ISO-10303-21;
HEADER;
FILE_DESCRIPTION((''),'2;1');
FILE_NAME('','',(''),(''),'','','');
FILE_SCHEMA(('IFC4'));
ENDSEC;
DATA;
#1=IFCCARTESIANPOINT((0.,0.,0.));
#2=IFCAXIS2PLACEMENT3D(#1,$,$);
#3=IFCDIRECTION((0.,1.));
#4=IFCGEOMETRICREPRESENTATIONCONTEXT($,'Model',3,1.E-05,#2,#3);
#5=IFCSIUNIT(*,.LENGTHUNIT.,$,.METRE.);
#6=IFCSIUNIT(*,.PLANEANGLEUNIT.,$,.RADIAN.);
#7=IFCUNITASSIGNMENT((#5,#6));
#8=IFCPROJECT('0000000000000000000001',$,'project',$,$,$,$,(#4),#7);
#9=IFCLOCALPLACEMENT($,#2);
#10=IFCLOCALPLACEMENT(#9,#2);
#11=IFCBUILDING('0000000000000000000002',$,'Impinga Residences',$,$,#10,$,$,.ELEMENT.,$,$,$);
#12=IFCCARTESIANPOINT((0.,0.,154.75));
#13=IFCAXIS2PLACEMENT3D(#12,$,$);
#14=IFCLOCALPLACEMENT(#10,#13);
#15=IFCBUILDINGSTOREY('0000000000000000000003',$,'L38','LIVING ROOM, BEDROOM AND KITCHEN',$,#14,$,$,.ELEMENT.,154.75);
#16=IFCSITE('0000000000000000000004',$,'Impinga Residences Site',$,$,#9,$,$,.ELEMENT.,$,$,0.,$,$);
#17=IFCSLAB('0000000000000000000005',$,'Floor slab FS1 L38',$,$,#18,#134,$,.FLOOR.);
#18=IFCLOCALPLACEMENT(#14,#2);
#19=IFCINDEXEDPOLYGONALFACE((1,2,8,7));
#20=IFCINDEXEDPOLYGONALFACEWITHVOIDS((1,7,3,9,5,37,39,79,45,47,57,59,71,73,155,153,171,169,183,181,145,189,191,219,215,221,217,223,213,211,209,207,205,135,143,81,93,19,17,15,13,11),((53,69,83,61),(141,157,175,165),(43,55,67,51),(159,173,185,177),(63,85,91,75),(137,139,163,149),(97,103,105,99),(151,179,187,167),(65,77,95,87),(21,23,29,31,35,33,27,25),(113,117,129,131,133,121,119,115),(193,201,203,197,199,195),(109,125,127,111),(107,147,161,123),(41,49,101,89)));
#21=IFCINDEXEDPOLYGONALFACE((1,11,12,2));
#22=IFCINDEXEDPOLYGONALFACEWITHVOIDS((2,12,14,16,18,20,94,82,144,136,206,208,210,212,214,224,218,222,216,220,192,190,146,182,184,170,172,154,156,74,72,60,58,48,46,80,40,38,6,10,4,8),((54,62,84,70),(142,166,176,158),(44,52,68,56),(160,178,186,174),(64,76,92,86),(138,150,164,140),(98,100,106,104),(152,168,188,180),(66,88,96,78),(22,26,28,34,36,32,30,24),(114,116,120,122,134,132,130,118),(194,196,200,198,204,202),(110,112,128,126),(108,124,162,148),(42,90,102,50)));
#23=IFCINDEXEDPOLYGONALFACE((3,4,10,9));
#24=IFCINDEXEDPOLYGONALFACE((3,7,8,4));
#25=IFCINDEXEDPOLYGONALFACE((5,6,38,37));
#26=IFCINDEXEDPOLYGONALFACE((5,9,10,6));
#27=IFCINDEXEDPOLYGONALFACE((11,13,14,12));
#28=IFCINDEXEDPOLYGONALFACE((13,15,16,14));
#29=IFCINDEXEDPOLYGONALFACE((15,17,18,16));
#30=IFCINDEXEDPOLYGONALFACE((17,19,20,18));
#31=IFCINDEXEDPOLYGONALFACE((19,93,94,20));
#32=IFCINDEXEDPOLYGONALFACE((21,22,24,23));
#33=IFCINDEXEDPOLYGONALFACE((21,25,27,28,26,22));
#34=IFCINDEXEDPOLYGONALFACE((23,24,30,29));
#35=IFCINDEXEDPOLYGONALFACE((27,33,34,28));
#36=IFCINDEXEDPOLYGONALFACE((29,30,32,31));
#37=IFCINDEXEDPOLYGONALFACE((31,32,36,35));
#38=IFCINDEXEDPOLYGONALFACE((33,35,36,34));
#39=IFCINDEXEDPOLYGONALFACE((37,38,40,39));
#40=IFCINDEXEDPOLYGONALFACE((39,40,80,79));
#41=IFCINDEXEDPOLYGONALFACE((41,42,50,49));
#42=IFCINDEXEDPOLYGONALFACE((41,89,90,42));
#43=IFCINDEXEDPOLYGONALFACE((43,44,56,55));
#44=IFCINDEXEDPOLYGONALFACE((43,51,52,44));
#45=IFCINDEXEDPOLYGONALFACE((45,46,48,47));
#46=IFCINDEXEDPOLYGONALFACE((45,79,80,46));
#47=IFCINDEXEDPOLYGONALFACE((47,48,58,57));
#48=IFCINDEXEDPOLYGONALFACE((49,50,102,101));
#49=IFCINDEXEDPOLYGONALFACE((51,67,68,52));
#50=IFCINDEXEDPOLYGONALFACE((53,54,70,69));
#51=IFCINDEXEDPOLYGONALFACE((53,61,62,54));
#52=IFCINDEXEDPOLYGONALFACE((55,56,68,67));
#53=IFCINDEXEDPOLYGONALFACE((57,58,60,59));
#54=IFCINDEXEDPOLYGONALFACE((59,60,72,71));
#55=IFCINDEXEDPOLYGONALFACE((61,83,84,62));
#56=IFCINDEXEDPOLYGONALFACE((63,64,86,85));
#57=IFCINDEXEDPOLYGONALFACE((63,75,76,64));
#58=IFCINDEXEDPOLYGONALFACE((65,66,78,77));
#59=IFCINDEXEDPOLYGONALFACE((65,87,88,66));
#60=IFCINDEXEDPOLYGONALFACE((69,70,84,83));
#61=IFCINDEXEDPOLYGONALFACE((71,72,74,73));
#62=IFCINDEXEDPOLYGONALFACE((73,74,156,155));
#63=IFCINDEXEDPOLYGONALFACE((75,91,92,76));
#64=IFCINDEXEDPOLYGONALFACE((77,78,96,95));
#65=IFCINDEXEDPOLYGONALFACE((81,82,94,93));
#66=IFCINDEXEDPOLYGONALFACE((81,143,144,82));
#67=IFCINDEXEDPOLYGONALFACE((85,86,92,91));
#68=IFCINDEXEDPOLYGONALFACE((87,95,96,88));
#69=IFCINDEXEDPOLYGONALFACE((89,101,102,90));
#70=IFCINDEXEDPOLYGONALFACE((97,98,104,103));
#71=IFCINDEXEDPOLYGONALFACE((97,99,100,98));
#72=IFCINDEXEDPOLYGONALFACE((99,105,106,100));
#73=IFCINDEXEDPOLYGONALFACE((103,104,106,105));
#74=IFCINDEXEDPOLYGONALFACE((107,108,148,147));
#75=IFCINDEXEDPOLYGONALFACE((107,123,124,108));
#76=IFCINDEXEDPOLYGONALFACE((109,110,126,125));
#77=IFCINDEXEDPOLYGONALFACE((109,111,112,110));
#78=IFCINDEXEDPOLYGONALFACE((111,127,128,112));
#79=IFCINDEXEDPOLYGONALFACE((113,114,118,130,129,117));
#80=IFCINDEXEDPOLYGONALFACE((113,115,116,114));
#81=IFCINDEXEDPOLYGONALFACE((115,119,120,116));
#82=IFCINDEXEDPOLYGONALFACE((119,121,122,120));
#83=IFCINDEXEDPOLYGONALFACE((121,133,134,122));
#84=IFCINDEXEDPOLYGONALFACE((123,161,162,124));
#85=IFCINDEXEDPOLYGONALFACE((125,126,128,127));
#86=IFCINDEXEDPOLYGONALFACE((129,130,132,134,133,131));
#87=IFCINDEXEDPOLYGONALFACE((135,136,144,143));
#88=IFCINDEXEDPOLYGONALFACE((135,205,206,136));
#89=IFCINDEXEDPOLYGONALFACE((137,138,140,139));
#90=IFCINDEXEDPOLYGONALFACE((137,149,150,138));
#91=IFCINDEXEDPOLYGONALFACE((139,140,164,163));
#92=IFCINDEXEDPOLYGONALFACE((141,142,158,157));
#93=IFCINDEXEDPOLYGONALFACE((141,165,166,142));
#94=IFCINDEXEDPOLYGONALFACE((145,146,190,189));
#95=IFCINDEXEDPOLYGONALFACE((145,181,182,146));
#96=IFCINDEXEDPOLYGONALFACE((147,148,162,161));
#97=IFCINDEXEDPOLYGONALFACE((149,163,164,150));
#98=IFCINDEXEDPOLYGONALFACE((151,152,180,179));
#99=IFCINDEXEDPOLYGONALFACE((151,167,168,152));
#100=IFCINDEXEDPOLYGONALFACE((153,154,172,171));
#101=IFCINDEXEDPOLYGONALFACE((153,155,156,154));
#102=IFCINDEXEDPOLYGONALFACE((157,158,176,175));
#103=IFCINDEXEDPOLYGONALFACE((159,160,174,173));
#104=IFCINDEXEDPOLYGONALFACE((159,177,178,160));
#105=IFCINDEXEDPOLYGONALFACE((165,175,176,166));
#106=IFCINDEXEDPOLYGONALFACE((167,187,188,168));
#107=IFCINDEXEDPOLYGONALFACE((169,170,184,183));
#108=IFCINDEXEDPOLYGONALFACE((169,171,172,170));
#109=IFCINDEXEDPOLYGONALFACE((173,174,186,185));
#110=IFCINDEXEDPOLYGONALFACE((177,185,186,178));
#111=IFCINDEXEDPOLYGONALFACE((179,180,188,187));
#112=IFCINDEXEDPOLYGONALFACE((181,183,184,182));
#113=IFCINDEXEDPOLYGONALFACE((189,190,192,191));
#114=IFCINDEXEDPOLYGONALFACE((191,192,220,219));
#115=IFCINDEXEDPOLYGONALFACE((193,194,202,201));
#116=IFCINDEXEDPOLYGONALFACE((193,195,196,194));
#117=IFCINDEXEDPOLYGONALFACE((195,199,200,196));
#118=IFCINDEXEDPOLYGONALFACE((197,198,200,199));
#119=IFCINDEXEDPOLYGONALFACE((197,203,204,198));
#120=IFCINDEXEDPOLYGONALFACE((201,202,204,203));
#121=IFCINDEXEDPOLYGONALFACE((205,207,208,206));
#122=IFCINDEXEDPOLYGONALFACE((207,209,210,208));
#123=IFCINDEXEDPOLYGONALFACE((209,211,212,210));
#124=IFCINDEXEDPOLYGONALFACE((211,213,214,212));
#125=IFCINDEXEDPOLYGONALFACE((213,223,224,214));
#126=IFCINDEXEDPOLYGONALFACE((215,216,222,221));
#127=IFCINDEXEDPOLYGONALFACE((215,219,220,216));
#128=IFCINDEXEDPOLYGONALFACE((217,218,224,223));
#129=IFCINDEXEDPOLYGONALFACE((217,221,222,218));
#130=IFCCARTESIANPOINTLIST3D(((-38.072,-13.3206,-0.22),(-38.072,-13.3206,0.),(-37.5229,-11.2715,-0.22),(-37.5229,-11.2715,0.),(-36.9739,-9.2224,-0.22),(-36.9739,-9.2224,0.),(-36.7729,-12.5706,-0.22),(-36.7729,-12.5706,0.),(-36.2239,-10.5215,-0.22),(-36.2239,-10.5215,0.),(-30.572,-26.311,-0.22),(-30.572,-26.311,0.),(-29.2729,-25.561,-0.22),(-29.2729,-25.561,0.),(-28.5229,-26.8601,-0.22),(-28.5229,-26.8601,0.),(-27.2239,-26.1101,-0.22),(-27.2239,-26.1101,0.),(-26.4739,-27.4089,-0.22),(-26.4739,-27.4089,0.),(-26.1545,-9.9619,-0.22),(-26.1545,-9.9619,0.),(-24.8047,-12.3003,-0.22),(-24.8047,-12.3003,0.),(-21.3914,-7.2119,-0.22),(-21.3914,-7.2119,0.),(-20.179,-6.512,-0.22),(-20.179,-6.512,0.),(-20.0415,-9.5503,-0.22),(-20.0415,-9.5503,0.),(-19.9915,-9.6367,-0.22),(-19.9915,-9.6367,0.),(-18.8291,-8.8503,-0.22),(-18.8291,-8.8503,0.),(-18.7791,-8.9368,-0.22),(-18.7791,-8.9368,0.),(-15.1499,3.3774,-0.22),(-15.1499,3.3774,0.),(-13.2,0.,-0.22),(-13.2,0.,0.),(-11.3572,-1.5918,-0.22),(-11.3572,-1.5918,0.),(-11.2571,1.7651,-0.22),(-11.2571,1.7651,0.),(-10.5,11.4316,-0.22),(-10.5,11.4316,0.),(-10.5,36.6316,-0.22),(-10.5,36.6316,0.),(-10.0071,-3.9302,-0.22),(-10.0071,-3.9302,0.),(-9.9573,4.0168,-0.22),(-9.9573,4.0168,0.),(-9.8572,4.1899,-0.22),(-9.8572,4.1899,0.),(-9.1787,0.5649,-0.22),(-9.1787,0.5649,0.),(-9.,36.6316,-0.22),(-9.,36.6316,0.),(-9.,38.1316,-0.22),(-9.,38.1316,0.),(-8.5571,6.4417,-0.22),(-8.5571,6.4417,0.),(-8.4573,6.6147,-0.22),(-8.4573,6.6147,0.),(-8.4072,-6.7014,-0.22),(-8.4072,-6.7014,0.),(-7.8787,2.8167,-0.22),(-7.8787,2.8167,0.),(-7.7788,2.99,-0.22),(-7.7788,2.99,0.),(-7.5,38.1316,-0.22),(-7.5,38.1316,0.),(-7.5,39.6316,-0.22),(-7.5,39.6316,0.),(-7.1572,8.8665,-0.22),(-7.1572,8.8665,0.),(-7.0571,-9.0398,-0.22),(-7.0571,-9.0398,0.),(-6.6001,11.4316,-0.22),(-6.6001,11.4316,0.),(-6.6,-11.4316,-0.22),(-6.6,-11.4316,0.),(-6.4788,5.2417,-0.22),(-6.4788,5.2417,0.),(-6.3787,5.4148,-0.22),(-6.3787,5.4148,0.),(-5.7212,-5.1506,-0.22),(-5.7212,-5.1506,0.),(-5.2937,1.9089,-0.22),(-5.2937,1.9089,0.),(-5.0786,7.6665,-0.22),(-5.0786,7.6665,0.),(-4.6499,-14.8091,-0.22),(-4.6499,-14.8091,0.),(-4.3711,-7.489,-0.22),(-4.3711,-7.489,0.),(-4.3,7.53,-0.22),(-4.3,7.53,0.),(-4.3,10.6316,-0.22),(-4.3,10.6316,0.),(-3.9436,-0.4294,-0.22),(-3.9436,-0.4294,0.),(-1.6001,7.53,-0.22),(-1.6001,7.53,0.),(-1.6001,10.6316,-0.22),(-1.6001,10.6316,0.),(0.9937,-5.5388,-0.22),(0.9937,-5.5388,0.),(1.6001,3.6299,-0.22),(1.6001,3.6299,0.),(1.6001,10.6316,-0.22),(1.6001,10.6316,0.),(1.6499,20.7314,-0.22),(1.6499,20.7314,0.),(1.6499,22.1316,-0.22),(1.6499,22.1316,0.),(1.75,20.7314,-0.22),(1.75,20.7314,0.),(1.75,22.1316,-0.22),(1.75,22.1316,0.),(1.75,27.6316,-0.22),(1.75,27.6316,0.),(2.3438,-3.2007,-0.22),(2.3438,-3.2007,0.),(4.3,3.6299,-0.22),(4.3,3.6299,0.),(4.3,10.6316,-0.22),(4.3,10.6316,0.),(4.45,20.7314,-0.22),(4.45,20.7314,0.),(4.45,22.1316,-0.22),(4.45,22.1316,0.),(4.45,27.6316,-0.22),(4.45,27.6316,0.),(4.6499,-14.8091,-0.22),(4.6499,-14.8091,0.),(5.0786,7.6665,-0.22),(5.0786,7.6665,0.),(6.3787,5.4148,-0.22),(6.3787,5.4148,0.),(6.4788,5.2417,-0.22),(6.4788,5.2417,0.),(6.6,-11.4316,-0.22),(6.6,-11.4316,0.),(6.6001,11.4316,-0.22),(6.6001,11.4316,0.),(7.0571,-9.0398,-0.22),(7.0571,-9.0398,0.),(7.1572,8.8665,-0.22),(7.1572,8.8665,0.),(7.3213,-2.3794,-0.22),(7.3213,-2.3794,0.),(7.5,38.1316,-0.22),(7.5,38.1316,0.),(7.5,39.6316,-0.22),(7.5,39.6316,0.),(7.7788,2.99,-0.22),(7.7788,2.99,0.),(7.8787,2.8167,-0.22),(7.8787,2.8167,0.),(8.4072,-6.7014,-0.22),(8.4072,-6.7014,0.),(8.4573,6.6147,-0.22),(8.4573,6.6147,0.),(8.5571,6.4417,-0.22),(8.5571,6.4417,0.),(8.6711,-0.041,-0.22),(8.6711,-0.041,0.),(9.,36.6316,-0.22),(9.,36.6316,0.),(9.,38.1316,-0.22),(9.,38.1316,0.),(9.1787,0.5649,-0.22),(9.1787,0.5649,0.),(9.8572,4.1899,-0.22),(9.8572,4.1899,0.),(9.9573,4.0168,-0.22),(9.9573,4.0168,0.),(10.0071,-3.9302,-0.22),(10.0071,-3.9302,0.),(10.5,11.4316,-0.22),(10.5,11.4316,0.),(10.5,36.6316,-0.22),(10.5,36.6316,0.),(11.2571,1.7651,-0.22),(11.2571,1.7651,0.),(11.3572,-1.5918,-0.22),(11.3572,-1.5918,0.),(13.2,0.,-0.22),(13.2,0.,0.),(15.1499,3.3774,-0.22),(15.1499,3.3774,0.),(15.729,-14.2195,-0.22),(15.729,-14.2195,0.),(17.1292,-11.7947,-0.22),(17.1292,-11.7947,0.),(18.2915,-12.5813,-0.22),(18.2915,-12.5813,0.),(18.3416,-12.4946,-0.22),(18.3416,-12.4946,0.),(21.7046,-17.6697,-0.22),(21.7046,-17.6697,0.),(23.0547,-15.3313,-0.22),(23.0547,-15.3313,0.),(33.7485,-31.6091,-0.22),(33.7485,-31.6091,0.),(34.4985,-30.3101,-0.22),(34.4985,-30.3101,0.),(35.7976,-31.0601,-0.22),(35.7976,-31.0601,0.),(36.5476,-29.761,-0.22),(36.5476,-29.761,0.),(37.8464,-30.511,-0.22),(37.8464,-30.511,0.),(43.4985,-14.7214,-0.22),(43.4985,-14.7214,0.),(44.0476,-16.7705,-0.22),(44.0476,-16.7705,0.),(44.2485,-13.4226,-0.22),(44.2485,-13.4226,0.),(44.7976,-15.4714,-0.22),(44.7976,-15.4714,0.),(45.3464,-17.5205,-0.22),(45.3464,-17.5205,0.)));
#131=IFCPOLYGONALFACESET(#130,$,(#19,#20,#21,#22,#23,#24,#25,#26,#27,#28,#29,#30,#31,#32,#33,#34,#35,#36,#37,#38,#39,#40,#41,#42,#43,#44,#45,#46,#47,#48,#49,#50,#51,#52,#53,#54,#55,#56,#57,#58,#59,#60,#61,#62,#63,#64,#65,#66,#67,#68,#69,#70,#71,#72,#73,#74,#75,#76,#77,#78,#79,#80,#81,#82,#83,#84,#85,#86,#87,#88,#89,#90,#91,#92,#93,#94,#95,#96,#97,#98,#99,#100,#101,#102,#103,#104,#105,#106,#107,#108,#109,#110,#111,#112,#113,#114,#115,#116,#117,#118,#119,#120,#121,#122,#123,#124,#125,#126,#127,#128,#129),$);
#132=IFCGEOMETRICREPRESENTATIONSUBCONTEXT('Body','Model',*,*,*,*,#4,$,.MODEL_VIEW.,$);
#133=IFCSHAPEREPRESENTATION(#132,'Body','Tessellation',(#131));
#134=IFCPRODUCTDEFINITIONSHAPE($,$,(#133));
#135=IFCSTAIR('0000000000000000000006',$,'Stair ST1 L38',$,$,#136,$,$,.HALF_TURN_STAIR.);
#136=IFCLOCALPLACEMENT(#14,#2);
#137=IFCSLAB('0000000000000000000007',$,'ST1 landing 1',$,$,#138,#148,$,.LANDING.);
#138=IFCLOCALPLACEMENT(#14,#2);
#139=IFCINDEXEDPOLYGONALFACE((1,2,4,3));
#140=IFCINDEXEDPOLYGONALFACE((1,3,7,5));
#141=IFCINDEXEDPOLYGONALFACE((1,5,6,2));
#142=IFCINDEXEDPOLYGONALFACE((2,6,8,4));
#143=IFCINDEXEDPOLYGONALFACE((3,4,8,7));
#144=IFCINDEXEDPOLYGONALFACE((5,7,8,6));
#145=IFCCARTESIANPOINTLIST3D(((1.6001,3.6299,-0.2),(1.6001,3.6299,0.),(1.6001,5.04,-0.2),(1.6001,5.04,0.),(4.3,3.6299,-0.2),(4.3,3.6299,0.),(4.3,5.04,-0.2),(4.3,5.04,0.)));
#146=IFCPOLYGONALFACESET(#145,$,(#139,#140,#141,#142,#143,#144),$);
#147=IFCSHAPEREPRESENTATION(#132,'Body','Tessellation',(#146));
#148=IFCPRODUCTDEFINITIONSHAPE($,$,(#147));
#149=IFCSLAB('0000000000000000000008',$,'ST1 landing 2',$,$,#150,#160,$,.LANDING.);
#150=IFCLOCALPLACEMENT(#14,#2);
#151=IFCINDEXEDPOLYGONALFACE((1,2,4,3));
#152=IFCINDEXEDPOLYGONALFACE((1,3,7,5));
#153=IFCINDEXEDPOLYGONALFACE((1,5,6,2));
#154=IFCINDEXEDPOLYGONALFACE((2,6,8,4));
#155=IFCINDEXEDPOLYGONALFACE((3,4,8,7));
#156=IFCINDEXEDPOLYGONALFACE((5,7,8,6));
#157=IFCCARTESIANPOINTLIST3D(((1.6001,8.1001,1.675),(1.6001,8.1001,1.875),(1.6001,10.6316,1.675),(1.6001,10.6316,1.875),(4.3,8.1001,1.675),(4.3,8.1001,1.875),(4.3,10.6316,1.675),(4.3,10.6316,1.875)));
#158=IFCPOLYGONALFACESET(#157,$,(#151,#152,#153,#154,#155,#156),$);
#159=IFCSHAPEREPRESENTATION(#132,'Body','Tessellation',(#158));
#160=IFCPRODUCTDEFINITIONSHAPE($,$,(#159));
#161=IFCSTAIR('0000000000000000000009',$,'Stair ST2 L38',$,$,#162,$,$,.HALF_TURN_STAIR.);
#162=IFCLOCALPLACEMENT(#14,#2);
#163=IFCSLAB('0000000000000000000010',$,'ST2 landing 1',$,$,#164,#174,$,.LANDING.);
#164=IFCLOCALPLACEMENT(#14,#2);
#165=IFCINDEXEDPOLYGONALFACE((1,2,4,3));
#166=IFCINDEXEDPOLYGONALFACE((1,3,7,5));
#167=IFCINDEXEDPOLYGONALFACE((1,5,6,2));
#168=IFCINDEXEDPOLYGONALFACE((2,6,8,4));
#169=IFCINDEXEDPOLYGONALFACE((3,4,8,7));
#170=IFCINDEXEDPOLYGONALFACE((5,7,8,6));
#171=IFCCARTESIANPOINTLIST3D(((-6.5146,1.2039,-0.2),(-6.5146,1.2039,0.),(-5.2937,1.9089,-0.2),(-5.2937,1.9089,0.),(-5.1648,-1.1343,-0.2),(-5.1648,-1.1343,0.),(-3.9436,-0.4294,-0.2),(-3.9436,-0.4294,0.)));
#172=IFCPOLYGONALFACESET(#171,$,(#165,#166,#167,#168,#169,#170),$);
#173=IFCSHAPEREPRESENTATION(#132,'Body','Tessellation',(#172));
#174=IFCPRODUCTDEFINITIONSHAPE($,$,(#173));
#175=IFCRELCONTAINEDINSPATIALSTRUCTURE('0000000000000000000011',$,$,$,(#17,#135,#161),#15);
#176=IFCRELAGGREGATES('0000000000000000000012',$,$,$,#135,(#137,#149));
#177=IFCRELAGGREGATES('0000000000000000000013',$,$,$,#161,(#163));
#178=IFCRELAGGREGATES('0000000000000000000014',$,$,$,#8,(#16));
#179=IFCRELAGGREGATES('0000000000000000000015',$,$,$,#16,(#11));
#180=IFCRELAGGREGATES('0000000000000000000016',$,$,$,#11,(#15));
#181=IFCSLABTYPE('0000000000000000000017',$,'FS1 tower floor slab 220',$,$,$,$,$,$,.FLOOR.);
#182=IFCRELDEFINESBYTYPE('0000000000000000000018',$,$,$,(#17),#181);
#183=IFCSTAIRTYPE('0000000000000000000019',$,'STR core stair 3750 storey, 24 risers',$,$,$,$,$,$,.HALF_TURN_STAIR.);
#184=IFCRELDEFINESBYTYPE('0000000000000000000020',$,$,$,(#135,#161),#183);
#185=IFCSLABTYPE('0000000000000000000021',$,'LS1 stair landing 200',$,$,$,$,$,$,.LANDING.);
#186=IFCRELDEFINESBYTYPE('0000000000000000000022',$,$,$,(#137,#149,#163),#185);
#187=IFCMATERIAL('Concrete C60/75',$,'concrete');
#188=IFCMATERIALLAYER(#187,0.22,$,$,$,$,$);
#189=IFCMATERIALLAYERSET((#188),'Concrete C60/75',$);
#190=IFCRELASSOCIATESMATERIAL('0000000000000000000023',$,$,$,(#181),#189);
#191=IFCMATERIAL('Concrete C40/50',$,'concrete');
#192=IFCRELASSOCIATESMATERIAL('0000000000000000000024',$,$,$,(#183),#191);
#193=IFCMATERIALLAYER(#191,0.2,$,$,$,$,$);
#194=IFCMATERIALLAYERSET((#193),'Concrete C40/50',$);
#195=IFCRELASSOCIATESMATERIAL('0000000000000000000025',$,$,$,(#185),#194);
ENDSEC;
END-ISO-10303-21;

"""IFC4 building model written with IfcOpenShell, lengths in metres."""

from ifc_helpers import new_model, si_unit, direction, frame, origin, place, context, subcontext, project, spatial, polyline, outline, extrude, material, layer, layer_set, type_object, element, aggregate, save


model = new_model("IFC4")

# Units and contexts
model_context = context("Model", 3, precision=1e-05, world=origin(), true_north=direction((0.0, 1.0)))
body_context = subcontext(model_context, "Body", "Model", "MODEL_VIEW")
ifc_project = project(units=[si_unit("LENGTHUNIT", "METRE"), si_unit("PLANEANGLEUNIT", "RADIAN")], contexts=[model_context])

# Site, building, storey
site_placement = place(None, origin())
site = spatial("IfcSite", under=ifc_project, at=site_placement, Name="Impinga Residences Site", CompositionType="ELEMENT", RefElevation=0.0)
building_placement = place(site_placement, origin())
building = spatial("IfcBuilding", under=site, at=building_placement, Name="Impinga Residences", CompositionType="ELEMENT")
storey_placement = place(building_placement, frame((0.0, 0.0, 154.75)))
storey = spatial("IfcBuildingStorey", under=building, at=storey_placement, Name="L38", Description="LIVING ROOM, BEDROOM AND KITCHEN", CompositionType="ELEMENT", Elevation=154.75)

# Slab
ifc_material_1 = material(Name="Concrete C60/75", Category="concrete")
ifc_layer_1 = layer(ifc_material_1, 0.22)
ifc_layer_set_1 = layer_set([ifc_layer_1], Name="Concrete C60/75")
slab_type_1 = type_object("IfcSlabType", Name="FS1 tower floor slab 220", PredefinedType="FLOOR", material=ifc_layer_set_1)
slab_1_placement = place(storey_placement, frame((0.0, 0.0, -0.22)))
element("IfcSlab", 1, at=slab_1_placement, inside=storey, type_object=slab_type_1, Name="Floor slab FS1 L38", PredefinedType="FLOOR", context=body_context, shape_type="SweptSolid", body=[
    extrude(outline(polyline([(43.4985, -14.7214), (44.7976, -15.4714), (44.0476, -16.7705), (45.3464, -17.5205), (37.8464, -30.511), (36.5476, -29.761), (35.7976, -31.0601), (34.4985, -30.3101), (33.7485, -31.6091), (4.6499, -14.8091), (9.9001, -5.7158), (6.6001, -11.4316), (-6.6001, -11.4316), (-9.9001, -5.7158), (-4.6499, -14.8091), (-26.4739, -27.4089), (-27.2239, -26.1101), (-28.5229, -26.8601), (-29.2729, -25.561), (-30.572, -26.311), (-38.072, -13.3206), (-36.7729, -12.5706), (-37.5229, -11.2715), (-36.2239, -10.5215), (-36.9739, -9.2224), (-15.1499, 3.3774), (-13.2, 0.0), (-6.6001, 11.4316), (-10.5, 11.4316), (-10.5, 36.6316), (-9.0, 36.6316), (-9.0, 38.1316), (-7.5, 38.1316), (-7.5, 39.6316), (7.5, 39.6316), (7.5, 38.1316), (9.0, 38.1316), (9.0, 36.6316), (10.5, 36.6316), (10.5, 11.4316), (6.6001, 11.4316), (13.2, 0.0), (15.1499, 3.3774), (44.2485, -13.4226), (43.4985, -14.7214)]), holes=[polyline([(-18.7791, -8.9368), (-18.8291, -8.8503), (-18.8291, -8.8503), (-20.179, -6.512), (-21.3914, -7.2119), (-21.3914, -7.2119), (-26.1545, -9.9619), (-24.8047, -12.3003), (-20.0415, -9.5503), (-19.9915, -9.6367), (-18.7791, -8.9368)]), polyline([(-4.3711, -7.489), (-5.7212, -5.1506), (-8.4072, -6.7014), (-7.0571, -9.0398), (-4.3711, -7.489)]), polyline([(-3.9436, -0.4294), (-5.2937, 1.9089), (-11.3572, -1.5918), (-10.0071, -3.9302), (-3.9436, -0.4294)]), polyline([(-7.8787, 2.8167), (-9.9573, 4.0168), (-11.2571, 1.7651), (-9.1787, 0.5649), (-7.8787, 2.8167)]), polyline([(-6.4788, 5.2417), (-8.5571, 6.4417), (-9.8572, 4.1899), (-7.7788, 2.99), (-6.4788, 5.2417)]), polyline([(4.3, 3.6299), (4.3, 10.6316), (1.6001, 10.6316), (1.6001, 3.6299), (4.3, 3.6299)]), polyline([(-6.3787, 5.4148), (-5.0786, 7.6665), (-7.1572, 8.8665), (-8.4573, 6.6147), (-6.3787, 5.4148)]), polyline([(-4.3, 7.53), (-1.6001, 7.53), (-1.6001, 10.6316), (-4.3, 10.6316), (-4.3, 7.53)]), polyline([(4.45, 20.7314), (4.45, 22.1316), (4.45, 27.6316), (1.75, 27.6316), (1.75, 22.1316), (1.6499, 22.1316), (1.6499, 20.7314), (1.75, 20.7314), (4.45, 20.7314)]), polyline([(15.729, -14.2195), (21.7046, -17.6697), (23.0547, -15.3313), (18.2915, -12.5813), (18.3416, -12.4946), (17.1292, -11.7947), (15.729, -14.2195)]), polyline([(2.3438, -3.2007), (0.9937, -5.5388), (7.0571, -9.0398), (8.4072, -6.7014), (2.3438, -3.2007)]), polyline([(7.3213, -2.3794), (10.0071, -3.9302), (11.3572, -1.5918), (8.6711, -0.041), (7.3213, -2.3794)]), polyline([(7.8787, 2.8167), (9.1787, 0.5649), (11.2571, 1.7651), (9.9573, 4.0168), (7.8787, 2.8167)]), polyline([(6.4788, 5.2417), (7.7788, 2.99), (9.8572, 4.1899), (8.5571, 6.4417), (6.4788, 5.2417)]), polyline([(6.3787, 5.4148), (8.4573, 6.6147), (7.1572, 8.8665), (5.0786, 7.6665), (6.3787, 5.4148)])]), origin(), (0.0, 0.0, 1.0), 0.22),
])

# Stairs, slabs
ifc_material_2 = material(Name="Concrete C40/50", Category="concrete")
stair_type_1 = type_object("IfcStairType", Name="STR core stair 3750 storey, 24 risers", PredefinedType="HALF_TURN_STAIR", material=ifc_material_2)
stair_1_placement = place(storey_placement, origin())
stair_1 = element("IfcStair", 2, at=stair_1_placement, inside=storey, type_object=stair_type_1, Name="Stair ST1 L38", PredefinedType="HALF_TURN_STAIR")
ifc_layer_2 = layer(ifc_material_2, 0.2)
ifc_layer_set_2 = layer_set([ifc_layer_2], Name="Concrete C40/50")
slab_type_2 = type_object("IfcSlabType", Name="LS1 stair landing 200", PredefinedType="LANDING", material=ifc_layer_set_2)
slab_2_placement = place(storey_placement, frame((0.0, 0.0, -0.2)))
slab_2 = element("IfcSlab", 3, at=slab_2_placement, type_object=slab_type_2, Name="ST1 landing 1", PredefinedType="LANDING", context=body_context, shape_type="SweptSolid", body=[
    extrude(outline(polyline([(1.6001, 3.6299), (4.3, 3.6299), (4.3, 5.04), (1.6001, 5.04), (1.6001, 3.6299)])), origin(), (0.0, 0.0, 1.0), 0.2),
])
slab_3_placement = place(storey_placement, frame((0.0, 0.0, 1.675)))
slab_3 = element("IfcSlab", 4, at=slab_3_placement, type_object=slab_type_2, Name="ST1 landing 2", PredefinedType="LANDING", context=body_context, shape_type="SweptSolid", body=[
    extrude(outline(polyline([(1.6001, 8.1001), (4.3, 8.1001), (4.3, 10.6316), (1.6001, 10.6316), (1.6001, 8.1001)])), origin(), (0.0, 0.0, 1.0), 0.2),
])
aggregate(stair_1, [slab_2, slab_3])
stair_2_placement = place(storey_placement, origin())
stair_2 = element("IfcStair", 5, at=stair_2_placement, inside=storey, type_object=stair_type_1, Name="Stair ST2 L38", PredefinedType="HALF_TURN_STAIR")
slab_4_placement = place(storey_placement, frame((0.0, 0.0, -0.2)))
slab_4 = element("IfcSlab", 6, at=slab_4_placement, type_object=slab_type_2, Name="ST2 landing 1", PredefinedType="LANDING", context=body_context, shape_type="SweptSolid", body=[
    extrude(outline(polyline([(-3.9436, -0.4294), (-5.2937, 1.9089), (-6.5146, 1.2039), (-5.1648, -1.1343), (-3.9436, -0.4294)])), origin(), (0.0, 0.0, 1.0), 0.2),
])
aggregate(stair_2, [slab_4])

save(model, "model.ifc")
